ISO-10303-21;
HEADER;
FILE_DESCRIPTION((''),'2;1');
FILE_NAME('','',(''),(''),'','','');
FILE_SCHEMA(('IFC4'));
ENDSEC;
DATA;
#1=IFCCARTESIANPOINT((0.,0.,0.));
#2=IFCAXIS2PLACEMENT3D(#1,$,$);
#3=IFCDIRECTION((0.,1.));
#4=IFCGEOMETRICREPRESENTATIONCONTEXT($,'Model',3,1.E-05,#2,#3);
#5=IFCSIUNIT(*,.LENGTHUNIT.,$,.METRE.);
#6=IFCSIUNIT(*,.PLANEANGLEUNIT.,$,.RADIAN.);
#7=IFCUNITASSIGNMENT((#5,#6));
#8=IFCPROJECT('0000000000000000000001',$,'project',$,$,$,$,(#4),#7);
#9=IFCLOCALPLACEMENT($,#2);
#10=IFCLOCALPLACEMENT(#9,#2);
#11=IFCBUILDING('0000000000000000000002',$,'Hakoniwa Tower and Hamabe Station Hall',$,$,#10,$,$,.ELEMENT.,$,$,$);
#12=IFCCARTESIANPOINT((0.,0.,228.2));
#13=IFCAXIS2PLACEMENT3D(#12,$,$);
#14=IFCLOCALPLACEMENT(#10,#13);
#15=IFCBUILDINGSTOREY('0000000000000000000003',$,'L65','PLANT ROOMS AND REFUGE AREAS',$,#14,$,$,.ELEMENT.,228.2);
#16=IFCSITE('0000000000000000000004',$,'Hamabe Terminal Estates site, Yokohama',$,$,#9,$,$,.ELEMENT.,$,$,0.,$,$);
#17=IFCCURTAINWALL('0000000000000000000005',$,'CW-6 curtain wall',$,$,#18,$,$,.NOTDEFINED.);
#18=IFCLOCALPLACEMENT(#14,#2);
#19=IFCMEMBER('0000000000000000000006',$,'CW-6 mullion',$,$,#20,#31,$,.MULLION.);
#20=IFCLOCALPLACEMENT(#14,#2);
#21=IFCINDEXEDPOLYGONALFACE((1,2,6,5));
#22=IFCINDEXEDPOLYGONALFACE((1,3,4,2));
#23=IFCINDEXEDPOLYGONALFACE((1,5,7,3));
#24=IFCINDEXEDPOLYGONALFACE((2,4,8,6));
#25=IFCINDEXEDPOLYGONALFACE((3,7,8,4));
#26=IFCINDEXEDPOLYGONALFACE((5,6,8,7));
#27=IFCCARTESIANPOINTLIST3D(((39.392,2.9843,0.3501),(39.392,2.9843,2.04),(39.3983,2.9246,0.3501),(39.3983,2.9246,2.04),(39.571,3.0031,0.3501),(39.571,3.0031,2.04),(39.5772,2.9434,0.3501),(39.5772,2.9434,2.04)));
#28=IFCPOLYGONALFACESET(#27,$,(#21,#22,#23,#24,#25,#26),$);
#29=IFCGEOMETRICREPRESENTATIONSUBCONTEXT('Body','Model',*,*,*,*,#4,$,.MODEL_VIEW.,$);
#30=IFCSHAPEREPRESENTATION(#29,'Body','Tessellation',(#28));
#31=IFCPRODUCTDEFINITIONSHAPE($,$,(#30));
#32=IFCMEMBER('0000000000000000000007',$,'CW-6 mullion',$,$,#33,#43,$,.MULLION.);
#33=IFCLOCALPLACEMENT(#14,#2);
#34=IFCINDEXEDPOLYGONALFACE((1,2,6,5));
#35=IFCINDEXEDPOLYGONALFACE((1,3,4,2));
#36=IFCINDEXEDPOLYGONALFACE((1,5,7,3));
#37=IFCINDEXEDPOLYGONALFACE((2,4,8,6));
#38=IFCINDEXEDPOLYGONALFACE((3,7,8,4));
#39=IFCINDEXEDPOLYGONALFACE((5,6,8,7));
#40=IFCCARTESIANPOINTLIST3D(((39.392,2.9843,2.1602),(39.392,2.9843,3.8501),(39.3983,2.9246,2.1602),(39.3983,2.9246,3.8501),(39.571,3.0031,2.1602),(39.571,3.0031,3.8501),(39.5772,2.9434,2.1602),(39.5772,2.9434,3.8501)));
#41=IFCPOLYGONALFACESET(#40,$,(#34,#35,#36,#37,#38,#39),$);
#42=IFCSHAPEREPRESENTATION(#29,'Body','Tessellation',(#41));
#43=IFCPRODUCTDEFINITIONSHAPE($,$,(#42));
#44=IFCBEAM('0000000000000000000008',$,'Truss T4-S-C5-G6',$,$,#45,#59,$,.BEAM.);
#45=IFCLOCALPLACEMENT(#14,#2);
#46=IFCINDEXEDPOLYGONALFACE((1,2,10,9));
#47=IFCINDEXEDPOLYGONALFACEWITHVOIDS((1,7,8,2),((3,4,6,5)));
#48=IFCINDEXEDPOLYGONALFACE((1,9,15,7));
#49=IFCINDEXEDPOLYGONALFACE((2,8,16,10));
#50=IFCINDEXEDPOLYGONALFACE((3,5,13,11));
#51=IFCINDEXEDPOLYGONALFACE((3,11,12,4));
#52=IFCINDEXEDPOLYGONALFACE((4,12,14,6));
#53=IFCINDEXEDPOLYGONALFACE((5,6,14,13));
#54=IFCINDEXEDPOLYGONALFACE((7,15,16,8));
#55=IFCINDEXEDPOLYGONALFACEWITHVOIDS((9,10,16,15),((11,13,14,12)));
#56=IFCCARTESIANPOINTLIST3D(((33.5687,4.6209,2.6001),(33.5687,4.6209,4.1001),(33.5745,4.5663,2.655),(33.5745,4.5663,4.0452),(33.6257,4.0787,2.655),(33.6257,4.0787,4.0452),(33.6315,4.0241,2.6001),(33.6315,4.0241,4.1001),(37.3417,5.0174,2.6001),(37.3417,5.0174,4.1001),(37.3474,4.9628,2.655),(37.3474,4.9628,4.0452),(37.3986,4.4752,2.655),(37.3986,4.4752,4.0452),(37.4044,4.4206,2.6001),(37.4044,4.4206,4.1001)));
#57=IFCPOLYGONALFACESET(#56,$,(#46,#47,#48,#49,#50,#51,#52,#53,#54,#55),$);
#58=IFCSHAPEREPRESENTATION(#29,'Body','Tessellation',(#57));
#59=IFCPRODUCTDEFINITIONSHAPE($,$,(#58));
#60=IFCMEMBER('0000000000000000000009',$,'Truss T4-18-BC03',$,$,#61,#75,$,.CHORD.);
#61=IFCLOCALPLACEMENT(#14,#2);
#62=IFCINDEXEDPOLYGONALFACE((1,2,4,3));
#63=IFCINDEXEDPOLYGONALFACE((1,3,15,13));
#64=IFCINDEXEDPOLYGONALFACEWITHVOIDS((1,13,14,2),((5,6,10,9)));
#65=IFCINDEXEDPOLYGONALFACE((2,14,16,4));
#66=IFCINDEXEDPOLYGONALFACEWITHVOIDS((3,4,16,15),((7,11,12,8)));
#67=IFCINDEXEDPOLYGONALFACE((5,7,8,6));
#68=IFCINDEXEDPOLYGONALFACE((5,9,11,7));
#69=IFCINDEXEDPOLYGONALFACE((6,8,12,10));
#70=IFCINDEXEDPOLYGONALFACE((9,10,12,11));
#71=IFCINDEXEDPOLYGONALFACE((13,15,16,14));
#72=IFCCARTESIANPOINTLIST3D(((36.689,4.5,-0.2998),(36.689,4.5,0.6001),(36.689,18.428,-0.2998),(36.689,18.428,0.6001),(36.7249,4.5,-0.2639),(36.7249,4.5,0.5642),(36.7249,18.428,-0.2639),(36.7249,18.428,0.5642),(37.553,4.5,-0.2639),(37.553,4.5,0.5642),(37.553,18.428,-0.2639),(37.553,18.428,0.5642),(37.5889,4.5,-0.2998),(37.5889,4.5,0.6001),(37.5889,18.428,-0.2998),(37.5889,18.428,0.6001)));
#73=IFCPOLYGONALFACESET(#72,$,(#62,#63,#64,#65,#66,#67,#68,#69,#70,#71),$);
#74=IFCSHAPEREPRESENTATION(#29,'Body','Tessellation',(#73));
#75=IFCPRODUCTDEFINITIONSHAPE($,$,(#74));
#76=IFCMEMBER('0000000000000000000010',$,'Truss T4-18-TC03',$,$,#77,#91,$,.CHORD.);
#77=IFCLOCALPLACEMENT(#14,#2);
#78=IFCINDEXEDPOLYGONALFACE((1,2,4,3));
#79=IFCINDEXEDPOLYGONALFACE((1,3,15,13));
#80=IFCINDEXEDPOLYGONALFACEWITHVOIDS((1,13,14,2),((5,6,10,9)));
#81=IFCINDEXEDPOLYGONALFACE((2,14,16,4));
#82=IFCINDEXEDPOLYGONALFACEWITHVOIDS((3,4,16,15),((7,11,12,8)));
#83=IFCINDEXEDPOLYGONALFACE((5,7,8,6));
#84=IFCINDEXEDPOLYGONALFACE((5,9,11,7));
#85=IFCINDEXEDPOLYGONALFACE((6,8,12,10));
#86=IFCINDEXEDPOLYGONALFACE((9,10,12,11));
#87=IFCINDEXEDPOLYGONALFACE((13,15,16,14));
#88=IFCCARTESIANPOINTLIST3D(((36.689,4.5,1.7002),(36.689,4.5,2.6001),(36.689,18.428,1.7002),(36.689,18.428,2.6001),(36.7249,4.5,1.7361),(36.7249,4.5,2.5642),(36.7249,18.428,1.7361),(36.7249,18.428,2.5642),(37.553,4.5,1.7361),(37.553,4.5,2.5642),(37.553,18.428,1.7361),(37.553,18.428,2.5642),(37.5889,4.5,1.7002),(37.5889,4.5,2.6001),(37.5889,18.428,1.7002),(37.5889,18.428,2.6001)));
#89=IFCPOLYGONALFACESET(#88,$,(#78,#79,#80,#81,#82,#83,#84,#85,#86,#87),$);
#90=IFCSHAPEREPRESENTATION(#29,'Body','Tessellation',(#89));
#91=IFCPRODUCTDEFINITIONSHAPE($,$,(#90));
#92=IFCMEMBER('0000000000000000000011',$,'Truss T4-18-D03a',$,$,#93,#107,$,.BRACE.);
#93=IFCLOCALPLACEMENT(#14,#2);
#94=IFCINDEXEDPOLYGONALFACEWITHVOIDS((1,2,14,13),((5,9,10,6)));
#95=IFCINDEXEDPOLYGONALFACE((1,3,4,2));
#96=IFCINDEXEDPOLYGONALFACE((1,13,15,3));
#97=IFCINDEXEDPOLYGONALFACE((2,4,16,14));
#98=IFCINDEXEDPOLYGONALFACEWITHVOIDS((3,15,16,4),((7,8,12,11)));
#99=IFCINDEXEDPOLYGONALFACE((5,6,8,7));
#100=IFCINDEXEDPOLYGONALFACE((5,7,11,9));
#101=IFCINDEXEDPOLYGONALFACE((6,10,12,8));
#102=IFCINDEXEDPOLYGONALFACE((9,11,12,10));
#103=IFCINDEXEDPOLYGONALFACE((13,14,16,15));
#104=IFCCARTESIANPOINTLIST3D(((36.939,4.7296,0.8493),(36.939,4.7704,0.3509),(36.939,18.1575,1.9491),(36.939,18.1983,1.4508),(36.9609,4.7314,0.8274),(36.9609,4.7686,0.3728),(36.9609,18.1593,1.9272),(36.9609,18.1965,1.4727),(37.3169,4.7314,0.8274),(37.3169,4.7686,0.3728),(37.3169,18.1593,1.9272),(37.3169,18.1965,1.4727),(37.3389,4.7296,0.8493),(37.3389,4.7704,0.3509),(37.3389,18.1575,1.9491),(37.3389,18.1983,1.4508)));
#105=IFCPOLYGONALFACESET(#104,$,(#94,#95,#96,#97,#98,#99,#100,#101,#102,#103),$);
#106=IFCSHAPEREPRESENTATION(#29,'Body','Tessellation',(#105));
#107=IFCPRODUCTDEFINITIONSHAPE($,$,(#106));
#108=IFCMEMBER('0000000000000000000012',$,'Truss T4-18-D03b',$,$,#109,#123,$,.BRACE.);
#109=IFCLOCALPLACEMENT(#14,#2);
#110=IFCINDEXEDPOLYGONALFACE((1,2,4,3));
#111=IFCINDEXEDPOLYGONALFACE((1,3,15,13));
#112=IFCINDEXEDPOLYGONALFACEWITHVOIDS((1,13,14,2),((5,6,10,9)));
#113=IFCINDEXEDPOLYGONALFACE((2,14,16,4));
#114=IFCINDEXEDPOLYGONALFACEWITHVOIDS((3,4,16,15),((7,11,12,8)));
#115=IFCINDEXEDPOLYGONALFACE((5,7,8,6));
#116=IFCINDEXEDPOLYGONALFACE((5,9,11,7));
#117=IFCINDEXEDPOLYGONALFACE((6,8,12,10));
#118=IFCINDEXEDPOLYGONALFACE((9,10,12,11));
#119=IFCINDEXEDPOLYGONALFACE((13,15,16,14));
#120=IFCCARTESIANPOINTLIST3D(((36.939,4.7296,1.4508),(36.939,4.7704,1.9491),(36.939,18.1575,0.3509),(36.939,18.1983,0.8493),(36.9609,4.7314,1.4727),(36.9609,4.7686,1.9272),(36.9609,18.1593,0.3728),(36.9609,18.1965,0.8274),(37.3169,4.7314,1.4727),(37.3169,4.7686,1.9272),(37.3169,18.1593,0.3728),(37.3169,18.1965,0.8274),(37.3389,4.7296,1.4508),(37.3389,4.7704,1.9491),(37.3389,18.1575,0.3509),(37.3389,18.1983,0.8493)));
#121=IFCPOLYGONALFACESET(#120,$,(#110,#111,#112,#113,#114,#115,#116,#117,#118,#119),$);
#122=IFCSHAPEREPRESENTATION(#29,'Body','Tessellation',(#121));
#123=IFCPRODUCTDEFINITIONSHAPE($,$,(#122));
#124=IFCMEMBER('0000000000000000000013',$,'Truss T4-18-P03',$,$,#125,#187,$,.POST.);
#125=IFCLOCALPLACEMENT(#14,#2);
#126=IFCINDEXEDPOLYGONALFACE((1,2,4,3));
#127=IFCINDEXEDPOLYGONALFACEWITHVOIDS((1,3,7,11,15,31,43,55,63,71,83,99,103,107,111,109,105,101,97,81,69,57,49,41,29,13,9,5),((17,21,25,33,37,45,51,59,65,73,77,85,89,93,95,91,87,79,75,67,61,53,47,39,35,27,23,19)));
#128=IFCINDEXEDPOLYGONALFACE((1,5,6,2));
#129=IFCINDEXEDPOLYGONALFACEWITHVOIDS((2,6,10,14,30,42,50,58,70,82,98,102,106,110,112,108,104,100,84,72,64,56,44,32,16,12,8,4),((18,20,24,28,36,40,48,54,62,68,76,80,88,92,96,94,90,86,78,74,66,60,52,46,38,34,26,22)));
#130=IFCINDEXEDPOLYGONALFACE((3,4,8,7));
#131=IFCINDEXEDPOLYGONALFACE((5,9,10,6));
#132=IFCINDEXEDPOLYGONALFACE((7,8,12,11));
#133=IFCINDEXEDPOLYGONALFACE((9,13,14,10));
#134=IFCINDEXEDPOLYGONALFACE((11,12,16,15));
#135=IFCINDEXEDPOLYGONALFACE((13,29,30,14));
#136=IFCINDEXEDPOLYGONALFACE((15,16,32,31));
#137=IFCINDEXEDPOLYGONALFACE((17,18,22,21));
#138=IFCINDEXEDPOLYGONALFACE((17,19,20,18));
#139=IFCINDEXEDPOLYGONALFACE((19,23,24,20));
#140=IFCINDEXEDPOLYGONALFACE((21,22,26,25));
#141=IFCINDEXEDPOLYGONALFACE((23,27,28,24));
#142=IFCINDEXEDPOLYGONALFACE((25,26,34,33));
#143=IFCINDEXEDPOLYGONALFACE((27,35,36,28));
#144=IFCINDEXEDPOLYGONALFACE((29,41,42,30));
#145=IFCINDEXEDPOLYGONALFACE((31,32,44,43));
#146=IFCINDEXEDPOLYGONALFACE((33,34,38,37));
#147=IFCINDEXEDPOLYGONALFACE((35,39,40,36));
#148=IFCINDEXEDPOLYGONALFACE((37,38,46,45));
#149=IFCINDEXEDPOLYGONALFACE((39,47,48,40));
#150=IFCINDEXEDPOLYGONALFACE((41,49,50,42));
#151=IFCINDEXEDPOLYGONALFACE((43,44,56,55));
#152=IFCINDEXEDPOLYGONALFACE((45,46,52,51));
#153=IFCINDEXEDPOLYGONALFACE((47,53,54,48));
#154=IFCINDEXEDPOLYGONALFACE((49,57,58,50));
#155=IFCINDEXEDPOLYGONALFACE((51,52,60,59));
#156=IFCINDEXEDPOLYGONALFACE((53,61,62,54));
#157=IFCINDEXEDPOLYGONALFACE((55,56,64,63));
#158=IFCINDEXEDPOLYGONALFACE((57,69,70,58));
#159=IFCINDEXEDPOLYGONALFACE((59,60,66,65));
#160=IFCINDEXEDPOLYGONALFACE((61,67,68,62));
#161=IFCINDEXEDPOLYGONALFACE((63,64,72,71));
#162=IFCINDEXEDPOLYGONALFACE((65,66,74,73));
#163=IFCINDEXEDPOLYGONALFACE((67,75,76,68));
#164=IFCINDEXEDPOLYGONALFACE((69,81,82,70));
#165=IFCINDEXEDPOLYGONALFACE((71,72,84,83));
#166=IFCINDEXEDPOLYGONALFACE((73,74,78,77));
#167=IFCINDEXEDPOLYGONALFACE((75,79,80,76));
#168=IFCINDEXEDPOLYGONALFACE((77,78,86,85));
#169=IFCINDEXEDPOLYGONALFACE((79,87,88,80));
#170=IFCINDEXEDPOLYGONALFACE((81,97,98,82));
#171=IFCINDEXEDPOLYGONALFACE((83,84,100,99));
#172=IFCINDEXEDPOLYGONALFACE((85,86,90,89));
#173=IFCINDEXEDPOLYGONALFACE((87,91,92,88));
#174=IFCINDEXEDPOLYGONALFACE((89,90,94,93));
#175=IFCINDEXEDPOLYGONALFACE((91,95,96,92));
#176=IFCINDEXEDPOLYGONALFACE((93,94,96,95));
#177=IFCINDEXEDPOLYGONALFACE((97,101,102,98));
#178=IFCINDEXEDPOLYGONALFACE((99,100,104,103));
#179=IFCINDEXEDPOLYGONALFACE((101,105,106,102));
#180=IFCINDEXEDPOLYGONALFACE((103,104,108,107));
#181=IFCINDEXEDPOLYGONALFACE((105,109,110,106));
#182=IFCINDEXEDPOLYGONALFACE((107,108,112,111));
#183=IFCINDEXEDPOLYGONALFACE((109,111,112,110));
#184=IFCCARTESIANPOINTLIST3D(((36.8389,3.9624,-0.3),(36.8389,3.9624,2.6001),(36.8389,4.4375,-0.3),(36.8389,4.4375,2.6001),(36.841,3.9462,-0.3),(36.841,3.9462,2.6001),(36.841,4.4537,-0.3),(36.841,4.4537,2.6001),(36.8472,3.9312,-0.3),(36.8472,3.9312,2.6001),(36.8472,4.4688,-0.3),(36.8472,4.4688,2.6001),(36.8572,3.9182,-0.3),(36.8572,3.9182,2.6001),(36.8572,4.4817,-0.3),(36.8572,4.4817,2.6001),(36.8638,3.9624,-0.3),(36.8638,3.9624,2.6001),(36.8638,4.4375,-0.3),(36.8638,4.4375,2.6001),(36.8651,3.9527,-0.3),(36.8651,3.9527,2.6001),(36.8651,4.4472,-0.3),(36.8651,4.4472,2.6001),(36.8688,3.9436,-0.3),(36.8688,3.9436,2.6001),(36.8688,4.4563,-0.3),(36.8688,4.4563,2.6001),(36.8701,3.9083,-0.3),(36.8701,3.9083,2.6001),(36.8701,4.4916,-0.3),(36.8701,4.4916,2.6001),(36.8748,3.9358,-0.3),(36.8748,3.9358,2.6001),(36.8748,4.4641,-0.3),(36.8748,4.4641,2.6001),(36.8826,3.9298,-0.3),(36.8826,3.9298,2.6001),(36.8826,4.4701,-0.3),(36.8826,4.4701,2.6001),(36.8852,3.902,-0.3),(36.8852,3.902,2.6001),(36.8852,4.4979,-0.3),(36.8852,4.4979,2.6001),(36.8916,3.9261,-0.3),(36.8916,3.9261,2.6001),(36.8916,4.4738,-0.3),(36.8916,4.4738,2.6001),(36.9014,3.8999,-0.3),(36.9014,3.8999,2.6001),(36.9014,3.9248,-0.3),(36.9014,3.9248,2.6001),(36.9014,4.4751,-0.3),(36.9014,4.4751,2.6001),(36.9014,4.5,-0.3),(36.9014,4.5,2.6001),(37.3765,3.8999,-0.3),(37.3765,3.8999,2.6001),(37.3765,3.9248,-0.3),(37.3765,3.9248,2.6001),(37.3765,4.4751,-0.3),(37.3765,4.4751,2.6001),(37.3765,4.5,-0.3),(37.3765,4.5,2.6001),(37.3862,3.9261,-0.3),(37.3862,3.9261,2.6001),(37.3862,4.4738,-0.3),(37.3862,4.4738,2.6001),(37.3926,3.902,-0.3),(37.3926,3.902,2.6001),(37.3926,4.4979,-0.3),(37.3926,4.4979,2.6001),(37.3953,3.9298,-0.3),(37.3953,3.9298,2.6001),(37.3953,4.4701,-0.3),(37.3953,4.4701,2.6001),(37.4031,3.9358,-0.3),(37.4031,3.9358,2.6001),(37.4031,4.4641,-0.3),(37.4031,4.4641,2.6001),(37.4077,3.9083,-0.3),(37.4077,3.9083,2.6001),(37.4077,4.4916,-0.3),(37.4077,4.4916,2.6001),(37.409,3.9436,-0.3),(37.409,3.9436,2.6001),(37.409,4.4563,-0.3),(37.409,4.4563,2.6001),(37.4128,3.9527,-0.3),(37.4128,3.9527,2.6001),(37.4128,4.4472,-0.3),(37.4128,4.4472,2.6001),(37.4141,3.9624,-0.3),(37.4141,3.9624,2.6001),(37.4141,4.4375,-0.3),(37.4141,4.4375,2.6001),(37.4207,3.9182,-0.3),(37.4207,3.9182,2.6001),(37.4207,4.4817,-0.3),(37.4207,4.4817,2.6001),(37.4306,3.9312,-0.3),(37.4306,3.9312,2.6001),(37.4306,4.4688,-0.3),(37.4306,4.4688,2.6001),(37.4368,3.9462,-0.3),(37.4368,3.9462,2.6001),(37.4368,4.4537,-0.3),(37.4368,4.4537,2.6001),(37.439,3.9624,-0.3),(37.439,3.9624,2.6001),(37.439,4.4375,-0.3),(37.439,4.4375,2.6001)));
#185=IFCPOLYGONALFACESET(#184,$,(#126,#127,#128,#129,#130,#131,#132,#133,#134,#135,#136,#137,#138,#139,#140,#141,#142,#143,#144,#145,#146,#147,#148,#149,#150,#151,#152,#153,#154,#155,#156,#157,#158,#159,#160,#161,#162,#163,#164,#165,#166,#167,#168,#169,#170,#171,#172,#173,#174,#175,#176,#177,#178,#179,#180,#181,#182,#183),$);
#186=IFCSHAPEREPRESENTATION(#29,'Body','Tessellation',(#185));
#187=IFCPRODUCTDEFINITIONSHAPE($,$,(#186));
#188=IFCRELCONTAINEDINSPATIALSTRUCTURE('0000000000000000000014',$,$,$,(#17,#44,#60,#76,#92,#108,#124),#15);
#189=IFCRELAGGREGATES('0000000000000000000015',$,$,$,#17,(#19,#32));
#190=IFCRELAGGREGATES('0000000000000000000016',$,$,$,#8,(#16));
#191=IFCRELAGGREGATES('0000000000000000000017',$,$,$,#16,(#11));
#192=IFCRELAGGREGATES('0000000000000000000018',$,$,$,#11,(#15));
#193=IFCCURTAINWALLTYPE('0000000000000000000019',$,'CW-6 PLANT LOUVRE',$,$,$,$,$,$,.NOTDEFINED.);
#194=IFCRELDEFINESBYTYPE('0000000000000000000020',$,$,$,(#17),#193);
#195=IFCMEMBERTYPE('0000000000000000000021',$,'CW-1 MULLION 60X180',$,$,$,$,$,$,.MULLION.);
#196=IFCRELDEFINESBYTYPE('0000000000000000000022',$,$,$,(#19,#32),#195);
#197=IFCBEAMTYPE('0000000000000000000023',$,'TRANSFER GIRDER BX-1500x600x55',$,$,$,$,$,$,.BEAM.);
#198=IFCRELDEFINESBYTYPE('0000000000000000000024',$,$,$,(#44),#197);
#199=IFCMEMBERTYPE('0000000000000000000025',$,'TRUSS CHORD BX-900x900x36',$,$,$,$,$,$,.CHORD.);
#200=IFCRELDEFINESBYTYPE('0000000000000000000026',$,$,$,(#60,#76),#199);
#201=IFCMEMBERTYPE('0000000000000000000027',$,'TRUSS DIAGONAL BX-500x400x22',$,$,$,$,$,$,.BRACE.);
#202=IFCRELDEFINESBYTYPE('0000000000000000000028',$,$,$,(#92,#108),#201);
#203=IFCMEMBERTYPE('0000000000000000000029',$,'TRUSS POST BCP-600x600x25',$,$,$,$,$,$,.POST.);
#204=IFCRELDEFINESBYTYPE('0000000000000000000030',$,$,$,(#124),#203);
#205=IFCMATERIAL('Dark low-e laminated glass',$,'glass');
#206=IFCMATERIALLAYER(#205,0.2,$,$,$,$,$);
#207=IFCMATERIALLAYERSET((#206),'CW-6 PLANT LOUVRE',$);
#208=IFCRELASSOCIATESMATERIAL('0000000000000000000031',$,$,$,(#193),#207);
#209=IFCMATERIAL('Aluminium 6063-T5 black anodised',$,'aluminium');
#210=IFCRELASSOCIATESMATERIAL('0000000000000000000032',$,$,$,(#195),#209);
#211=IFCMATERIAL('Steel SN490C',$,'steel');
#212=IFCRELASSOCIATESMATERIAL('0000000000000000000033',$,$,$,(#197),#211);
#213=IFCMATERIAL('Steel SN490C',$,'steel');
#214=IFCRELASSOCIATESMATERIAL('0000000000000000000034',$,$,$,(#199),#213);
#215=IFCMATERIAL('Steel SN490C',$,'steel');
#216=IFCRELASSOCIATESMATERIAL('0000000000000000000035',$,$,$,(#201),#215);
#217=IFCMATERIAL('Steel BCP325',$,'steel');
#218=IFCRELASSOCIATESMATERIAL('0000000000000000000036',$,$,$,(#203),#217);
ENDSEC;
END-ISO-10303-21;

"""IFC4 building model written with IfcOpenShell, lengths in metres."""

from ifc_helpers import new_model, si_unit, direction, frame, origin, origin_2d, place, context, subcontext, project, spatial, rectangle, hollow_rectangle, extrude, material, layer, layer_set, material_profile, profile_set, type_object, element, aggregate, save


model = new_model("IFC4")

# Units and contexts
model_context = context("Model", 3, precision=1e-05, world=origin(), true_north=direction((0.0, 1.0)))
body_context = subcontext(model_context, "Body", "Model", "MODEL_VIEW")
ifc_project = project(units=[si_unit("LENGTHUNIT", "METRE"), si_unit("PLANEANGLEUNIT", "RADIAN")], contexts=[model_context])

# Site, building, storey
site_placement = place(None, origin())
site = spatial("IfcSite", under=ifc_project, at=site_placement, Name="Hamabe Terminal Estates site, Yokohama", CompositionType="ELEMENT", RefElevation=0.0)
building_placement = place(site_placement, origin())
building = spatial("IfcBuilding", under=site, at=building_placement, Name="Hakoniwa Tower and Hamabe Station Hall", CompositionType="ELEMENT")
storey_placement = place(building_placement, frame((0.0, 0.0, 228.2)))
storey = spatial("IfcBuildingStorey", under=building, at=storey_placement, Name="L65", Description="PLANT ROOMS AND REFUGE AREAS", CompositionType="ELEMENT", Elevation=228.2)

# Curtain wall, members
ifc_material_1 = material(Name="Dark low-e laminated glass", Category="glass")
ifc_layer_1 = layer(ifc_material_1, 0.2)
ifc_layer_set_1 = layer_set([ifc_layer_1], Name="CW-6 PLANT LOUVRE")
curtain_wall_type = type_object("IfcCurtainWallType", Name="CW-6 PLANT LOUVRE", PredefinedType="NOTDEFINED", material=ifc_layer_set_1)
curtain_wall_placement = place(storey_placement, origin())
curtain_wall = element("IfcCurtainWall", 1, at=curtain_wall_placement, inside=storey, type_object=curtain_wall_type, Name="CW-6 curtain wall", PredefinedType="NOTDEFINED")
ifc_material_2 = material(Name="Aluminium 6063-T5 black anodised", Category="aluminium")
ifc_material_profile_1 = material_profile(ifc_material_2, rectangle(XDim=0.0601, YDim=0.1799, at=origin_2d()), Name="CW-1 MULLION 60X180")
ifc_profile_set_1 = profile_set([ifc_material_profile_1], Name="Aluminium 6063-T5 black anodised")
member_type_1 = type_object("IfcMemberType", Name="CW-1 MULLION 60X180", PredefinedType="MULLION", material=ifc_profile_set_1)
member_1_placement = place(storey_placement, frame((39.4846, 2.9639, 0.3501), z_axis=(0.0, 0.0, 1.0), x_axis=(-0.104528, 0.994522, 0.0)))
member_1 = element("IfcMember", 2, at=member_1_placement, type_object=member_type_1, Name="CW-6 mullion", PredefinedType="MULLION", context=body_context, shape_type="SweptSolid", body=[
    extrude(rectangle(XDim=0.0601, YDim=0.1799, at=origin_2d()), origin(), (0.0, 0.0, 1.0), 1.6899),
])
member_2_placement = place(storey_placement, frame((39.4846, 2.9639, 2.1602), z_axis=(0.0, 0.0, 1.0), x_axis=(-0.104528, 0.994522, 0.0)))
member_2 = element("IfcMember", 3, at=member_2_placement, type_object=member_type_1, Name="CW-6 mullion", PredefinedType="MULLION", context=body_context, shape_type="SweptSolid", body=[
    extrude(rectangle(XDim=0.0601, YDim=0.1799, at=origin_2d()), origin(), (0.0, 0.0, 1.0), 1.6899),
])
aggregate(curtain_wall, [member_1, member_2])

# Beam
ifc_material_3 = material(Name="Steel SN490C", Category="steel")
ifc_material_profile_2 = material_profile(ifc_material_3, hollow_rectangle(XDim=0.6001, YDim=1.5, WallThickness=0.0549, at=origin_2d()), Name="BX-1500x600x55")
ifc_profile_set_2 = profile_set([ifc_material_profile_2], Name="Steel SN490C")
beam_type = type_object("IfcBeamType", Name="TRANSFER GIRDER BX-1500x600x55", PredefinedType="BEAM", material=ifc_profile_set_2)
beam_placement = place(storey_placement, frame((33.6001, 4.3225, 3.3501), z_axis=(0.994524, 0.104511, 0.0), x_axis=(-0.104511, 0.994524, 0.0)))
element("IfcBeam", 4, at=beam_placement, inside=storey, type_object=beam_type, Name="Truss T4-S-C5-G6", PredefinedType="BEAM", context=body_context, shape_type="SweptSolid", body=[
    extrude(hollow_rectangle(XDim=0.6001, YDim=1.5, WallThickness=0.0549, at=origin_2d()), origin(), (0.0, 0.0, 1.0), 3.7937),
])

# Members
ifc_material_4 = material(Name="Steel SN490C", Category="steel")
ifc_material_profile_3 = material_profile(ifc_material_4, hollow_rectangle(XDim=0.8999, YDim=0.8999, WallThickness=0.0359, at=origin_2d()), Name="BX-900x900x36")
ifc_profile_set_3 = profile_set([ifc_material_profile_3], Name="Steel SN490C")
member_type_2 = type_object("IfcMemberType", Name="TRUSS CHORD BX-900x900x36", PredefinedType="CHORD", material=ifc_profile_set_3)
for number, where, z_axis, x_axis, name in (
    (5, (37.1389, 4.5, 0.1501), (0.0, 1.0, 0.0), (-1.0, 0.0, 0.0), "Truss T4-18-BC03"),
    (6, (37.1389, 4.5, 2.1501), (0.0, 1.0, 0.0), (-1.0, 0.0, 0.0), "Truss T4-18-TC03"),
):
    element("IfcMember", number, at=place(storey_placement, frame(where, z_axis=z_axis, x_axis=x_axis)), inside=storey, type_object=member_type_2, Name=name, PredefinedType="CHORD", context=body_context, shape_type="SweptSolid", body=[
        extrude(hollow_rectangle(XDim=0.8999, YDim=0.8999, WallThickness=0.0359, at=origin_2d()), origin(), (0.0, 0.0, 1.0), 13.928),
    ])
ifc_material_5 = material(Name="Steel SN490C", Category="steel")
ifc_material_profile_4 = material_profile(ifc_material_5, hollow_rectangle(XDim=0.3999, YDim=0.5, WallThickness=0.022, at=origin_2d()), Name="BX-500x400x22")
ifc_profile_set_4 = profile_set([ifc_material_profile_4], Name="Steel SN490C")
member_type_3 = type_object("IfcMemberType", Name="TRUSS DIAGONAL BX-500x400x22", PredefinedType="BRACE", material=ifc_profile_set_4)
for number, where, z_axis, x_axis, name in (
    (7, (37.1389, 4.75, 0.6001), (0.0, 0.996662, 0.081634), (-1.0, 0.0, 0.0), "Truss T4-18-D03a"),
    (8, (37.1389, 4.75, 1.7), (0.0, 0.996662, -0.081634), (-1.0, 0.0, 0.0), "Truss T4-18-D03b"),
):
    element("IfcMember", number, at=place(storey_placement, frame(where, z_axis=z_axis, x_axis=x_axis)), inside=storey, type_object=member_type_3, Name=name, PredefinedType="BRACE", context=body_context, shape_type="SweptSolid", body=[
        extrude(hollow_rectangle(XDim=0.3999, YDim=0.5, WallThickness=0.022, at=origin_2d()), origin(), (0.0, 0.0, 1.0), 13.4729),
    ])
ifc_material_6 = material(Name="Steel BCP325", Category="steel")
ifc_material_profile_5 = material_profile(ifc_material_6, hollow_rectangle(XDim=0.6001, YDim=0.6001, WallThickness=0.0249, InnerFilletRadius=0.0376, OuterFilletRadius=0.0625, at=origin_2d()), Name="BCP-600x600x25")
ifc_profile_set_5 = profile_set([ifc_material_profile_5], Name="Steel BCP325")
member_type_4 = type_object("IfcMemberType", Name="TRUSS POST BCP-600x600x25", PredefinedType="POST", material=ifc_profile_set_5)
member_3_placement = place(storey_placement, frame((37.1389, 4.2, -0.3), z_axis=(0.0, 0.0, 1.0), x_axis=(1.0, 0.0, 0.0)))
element("IfcMember", 9, at=member_3_placement, inside=storey, type_object=member_type_4, Name="Truss T4-18-P03", PredefinedType="POST", context=body_context, shape_type="SweptSolid", body=[
    extrude(hollow_rectangle(XDim=0.6001, YDim=0.6001, WallThickness=0.0249, InnerFilletRadius=0.0376, OuterFilletRadius=0.0625, at=origin_2d()), origin(), (0.0, 0.0, 1.0), 2.9001),
])

save(model, "model.ifc")
